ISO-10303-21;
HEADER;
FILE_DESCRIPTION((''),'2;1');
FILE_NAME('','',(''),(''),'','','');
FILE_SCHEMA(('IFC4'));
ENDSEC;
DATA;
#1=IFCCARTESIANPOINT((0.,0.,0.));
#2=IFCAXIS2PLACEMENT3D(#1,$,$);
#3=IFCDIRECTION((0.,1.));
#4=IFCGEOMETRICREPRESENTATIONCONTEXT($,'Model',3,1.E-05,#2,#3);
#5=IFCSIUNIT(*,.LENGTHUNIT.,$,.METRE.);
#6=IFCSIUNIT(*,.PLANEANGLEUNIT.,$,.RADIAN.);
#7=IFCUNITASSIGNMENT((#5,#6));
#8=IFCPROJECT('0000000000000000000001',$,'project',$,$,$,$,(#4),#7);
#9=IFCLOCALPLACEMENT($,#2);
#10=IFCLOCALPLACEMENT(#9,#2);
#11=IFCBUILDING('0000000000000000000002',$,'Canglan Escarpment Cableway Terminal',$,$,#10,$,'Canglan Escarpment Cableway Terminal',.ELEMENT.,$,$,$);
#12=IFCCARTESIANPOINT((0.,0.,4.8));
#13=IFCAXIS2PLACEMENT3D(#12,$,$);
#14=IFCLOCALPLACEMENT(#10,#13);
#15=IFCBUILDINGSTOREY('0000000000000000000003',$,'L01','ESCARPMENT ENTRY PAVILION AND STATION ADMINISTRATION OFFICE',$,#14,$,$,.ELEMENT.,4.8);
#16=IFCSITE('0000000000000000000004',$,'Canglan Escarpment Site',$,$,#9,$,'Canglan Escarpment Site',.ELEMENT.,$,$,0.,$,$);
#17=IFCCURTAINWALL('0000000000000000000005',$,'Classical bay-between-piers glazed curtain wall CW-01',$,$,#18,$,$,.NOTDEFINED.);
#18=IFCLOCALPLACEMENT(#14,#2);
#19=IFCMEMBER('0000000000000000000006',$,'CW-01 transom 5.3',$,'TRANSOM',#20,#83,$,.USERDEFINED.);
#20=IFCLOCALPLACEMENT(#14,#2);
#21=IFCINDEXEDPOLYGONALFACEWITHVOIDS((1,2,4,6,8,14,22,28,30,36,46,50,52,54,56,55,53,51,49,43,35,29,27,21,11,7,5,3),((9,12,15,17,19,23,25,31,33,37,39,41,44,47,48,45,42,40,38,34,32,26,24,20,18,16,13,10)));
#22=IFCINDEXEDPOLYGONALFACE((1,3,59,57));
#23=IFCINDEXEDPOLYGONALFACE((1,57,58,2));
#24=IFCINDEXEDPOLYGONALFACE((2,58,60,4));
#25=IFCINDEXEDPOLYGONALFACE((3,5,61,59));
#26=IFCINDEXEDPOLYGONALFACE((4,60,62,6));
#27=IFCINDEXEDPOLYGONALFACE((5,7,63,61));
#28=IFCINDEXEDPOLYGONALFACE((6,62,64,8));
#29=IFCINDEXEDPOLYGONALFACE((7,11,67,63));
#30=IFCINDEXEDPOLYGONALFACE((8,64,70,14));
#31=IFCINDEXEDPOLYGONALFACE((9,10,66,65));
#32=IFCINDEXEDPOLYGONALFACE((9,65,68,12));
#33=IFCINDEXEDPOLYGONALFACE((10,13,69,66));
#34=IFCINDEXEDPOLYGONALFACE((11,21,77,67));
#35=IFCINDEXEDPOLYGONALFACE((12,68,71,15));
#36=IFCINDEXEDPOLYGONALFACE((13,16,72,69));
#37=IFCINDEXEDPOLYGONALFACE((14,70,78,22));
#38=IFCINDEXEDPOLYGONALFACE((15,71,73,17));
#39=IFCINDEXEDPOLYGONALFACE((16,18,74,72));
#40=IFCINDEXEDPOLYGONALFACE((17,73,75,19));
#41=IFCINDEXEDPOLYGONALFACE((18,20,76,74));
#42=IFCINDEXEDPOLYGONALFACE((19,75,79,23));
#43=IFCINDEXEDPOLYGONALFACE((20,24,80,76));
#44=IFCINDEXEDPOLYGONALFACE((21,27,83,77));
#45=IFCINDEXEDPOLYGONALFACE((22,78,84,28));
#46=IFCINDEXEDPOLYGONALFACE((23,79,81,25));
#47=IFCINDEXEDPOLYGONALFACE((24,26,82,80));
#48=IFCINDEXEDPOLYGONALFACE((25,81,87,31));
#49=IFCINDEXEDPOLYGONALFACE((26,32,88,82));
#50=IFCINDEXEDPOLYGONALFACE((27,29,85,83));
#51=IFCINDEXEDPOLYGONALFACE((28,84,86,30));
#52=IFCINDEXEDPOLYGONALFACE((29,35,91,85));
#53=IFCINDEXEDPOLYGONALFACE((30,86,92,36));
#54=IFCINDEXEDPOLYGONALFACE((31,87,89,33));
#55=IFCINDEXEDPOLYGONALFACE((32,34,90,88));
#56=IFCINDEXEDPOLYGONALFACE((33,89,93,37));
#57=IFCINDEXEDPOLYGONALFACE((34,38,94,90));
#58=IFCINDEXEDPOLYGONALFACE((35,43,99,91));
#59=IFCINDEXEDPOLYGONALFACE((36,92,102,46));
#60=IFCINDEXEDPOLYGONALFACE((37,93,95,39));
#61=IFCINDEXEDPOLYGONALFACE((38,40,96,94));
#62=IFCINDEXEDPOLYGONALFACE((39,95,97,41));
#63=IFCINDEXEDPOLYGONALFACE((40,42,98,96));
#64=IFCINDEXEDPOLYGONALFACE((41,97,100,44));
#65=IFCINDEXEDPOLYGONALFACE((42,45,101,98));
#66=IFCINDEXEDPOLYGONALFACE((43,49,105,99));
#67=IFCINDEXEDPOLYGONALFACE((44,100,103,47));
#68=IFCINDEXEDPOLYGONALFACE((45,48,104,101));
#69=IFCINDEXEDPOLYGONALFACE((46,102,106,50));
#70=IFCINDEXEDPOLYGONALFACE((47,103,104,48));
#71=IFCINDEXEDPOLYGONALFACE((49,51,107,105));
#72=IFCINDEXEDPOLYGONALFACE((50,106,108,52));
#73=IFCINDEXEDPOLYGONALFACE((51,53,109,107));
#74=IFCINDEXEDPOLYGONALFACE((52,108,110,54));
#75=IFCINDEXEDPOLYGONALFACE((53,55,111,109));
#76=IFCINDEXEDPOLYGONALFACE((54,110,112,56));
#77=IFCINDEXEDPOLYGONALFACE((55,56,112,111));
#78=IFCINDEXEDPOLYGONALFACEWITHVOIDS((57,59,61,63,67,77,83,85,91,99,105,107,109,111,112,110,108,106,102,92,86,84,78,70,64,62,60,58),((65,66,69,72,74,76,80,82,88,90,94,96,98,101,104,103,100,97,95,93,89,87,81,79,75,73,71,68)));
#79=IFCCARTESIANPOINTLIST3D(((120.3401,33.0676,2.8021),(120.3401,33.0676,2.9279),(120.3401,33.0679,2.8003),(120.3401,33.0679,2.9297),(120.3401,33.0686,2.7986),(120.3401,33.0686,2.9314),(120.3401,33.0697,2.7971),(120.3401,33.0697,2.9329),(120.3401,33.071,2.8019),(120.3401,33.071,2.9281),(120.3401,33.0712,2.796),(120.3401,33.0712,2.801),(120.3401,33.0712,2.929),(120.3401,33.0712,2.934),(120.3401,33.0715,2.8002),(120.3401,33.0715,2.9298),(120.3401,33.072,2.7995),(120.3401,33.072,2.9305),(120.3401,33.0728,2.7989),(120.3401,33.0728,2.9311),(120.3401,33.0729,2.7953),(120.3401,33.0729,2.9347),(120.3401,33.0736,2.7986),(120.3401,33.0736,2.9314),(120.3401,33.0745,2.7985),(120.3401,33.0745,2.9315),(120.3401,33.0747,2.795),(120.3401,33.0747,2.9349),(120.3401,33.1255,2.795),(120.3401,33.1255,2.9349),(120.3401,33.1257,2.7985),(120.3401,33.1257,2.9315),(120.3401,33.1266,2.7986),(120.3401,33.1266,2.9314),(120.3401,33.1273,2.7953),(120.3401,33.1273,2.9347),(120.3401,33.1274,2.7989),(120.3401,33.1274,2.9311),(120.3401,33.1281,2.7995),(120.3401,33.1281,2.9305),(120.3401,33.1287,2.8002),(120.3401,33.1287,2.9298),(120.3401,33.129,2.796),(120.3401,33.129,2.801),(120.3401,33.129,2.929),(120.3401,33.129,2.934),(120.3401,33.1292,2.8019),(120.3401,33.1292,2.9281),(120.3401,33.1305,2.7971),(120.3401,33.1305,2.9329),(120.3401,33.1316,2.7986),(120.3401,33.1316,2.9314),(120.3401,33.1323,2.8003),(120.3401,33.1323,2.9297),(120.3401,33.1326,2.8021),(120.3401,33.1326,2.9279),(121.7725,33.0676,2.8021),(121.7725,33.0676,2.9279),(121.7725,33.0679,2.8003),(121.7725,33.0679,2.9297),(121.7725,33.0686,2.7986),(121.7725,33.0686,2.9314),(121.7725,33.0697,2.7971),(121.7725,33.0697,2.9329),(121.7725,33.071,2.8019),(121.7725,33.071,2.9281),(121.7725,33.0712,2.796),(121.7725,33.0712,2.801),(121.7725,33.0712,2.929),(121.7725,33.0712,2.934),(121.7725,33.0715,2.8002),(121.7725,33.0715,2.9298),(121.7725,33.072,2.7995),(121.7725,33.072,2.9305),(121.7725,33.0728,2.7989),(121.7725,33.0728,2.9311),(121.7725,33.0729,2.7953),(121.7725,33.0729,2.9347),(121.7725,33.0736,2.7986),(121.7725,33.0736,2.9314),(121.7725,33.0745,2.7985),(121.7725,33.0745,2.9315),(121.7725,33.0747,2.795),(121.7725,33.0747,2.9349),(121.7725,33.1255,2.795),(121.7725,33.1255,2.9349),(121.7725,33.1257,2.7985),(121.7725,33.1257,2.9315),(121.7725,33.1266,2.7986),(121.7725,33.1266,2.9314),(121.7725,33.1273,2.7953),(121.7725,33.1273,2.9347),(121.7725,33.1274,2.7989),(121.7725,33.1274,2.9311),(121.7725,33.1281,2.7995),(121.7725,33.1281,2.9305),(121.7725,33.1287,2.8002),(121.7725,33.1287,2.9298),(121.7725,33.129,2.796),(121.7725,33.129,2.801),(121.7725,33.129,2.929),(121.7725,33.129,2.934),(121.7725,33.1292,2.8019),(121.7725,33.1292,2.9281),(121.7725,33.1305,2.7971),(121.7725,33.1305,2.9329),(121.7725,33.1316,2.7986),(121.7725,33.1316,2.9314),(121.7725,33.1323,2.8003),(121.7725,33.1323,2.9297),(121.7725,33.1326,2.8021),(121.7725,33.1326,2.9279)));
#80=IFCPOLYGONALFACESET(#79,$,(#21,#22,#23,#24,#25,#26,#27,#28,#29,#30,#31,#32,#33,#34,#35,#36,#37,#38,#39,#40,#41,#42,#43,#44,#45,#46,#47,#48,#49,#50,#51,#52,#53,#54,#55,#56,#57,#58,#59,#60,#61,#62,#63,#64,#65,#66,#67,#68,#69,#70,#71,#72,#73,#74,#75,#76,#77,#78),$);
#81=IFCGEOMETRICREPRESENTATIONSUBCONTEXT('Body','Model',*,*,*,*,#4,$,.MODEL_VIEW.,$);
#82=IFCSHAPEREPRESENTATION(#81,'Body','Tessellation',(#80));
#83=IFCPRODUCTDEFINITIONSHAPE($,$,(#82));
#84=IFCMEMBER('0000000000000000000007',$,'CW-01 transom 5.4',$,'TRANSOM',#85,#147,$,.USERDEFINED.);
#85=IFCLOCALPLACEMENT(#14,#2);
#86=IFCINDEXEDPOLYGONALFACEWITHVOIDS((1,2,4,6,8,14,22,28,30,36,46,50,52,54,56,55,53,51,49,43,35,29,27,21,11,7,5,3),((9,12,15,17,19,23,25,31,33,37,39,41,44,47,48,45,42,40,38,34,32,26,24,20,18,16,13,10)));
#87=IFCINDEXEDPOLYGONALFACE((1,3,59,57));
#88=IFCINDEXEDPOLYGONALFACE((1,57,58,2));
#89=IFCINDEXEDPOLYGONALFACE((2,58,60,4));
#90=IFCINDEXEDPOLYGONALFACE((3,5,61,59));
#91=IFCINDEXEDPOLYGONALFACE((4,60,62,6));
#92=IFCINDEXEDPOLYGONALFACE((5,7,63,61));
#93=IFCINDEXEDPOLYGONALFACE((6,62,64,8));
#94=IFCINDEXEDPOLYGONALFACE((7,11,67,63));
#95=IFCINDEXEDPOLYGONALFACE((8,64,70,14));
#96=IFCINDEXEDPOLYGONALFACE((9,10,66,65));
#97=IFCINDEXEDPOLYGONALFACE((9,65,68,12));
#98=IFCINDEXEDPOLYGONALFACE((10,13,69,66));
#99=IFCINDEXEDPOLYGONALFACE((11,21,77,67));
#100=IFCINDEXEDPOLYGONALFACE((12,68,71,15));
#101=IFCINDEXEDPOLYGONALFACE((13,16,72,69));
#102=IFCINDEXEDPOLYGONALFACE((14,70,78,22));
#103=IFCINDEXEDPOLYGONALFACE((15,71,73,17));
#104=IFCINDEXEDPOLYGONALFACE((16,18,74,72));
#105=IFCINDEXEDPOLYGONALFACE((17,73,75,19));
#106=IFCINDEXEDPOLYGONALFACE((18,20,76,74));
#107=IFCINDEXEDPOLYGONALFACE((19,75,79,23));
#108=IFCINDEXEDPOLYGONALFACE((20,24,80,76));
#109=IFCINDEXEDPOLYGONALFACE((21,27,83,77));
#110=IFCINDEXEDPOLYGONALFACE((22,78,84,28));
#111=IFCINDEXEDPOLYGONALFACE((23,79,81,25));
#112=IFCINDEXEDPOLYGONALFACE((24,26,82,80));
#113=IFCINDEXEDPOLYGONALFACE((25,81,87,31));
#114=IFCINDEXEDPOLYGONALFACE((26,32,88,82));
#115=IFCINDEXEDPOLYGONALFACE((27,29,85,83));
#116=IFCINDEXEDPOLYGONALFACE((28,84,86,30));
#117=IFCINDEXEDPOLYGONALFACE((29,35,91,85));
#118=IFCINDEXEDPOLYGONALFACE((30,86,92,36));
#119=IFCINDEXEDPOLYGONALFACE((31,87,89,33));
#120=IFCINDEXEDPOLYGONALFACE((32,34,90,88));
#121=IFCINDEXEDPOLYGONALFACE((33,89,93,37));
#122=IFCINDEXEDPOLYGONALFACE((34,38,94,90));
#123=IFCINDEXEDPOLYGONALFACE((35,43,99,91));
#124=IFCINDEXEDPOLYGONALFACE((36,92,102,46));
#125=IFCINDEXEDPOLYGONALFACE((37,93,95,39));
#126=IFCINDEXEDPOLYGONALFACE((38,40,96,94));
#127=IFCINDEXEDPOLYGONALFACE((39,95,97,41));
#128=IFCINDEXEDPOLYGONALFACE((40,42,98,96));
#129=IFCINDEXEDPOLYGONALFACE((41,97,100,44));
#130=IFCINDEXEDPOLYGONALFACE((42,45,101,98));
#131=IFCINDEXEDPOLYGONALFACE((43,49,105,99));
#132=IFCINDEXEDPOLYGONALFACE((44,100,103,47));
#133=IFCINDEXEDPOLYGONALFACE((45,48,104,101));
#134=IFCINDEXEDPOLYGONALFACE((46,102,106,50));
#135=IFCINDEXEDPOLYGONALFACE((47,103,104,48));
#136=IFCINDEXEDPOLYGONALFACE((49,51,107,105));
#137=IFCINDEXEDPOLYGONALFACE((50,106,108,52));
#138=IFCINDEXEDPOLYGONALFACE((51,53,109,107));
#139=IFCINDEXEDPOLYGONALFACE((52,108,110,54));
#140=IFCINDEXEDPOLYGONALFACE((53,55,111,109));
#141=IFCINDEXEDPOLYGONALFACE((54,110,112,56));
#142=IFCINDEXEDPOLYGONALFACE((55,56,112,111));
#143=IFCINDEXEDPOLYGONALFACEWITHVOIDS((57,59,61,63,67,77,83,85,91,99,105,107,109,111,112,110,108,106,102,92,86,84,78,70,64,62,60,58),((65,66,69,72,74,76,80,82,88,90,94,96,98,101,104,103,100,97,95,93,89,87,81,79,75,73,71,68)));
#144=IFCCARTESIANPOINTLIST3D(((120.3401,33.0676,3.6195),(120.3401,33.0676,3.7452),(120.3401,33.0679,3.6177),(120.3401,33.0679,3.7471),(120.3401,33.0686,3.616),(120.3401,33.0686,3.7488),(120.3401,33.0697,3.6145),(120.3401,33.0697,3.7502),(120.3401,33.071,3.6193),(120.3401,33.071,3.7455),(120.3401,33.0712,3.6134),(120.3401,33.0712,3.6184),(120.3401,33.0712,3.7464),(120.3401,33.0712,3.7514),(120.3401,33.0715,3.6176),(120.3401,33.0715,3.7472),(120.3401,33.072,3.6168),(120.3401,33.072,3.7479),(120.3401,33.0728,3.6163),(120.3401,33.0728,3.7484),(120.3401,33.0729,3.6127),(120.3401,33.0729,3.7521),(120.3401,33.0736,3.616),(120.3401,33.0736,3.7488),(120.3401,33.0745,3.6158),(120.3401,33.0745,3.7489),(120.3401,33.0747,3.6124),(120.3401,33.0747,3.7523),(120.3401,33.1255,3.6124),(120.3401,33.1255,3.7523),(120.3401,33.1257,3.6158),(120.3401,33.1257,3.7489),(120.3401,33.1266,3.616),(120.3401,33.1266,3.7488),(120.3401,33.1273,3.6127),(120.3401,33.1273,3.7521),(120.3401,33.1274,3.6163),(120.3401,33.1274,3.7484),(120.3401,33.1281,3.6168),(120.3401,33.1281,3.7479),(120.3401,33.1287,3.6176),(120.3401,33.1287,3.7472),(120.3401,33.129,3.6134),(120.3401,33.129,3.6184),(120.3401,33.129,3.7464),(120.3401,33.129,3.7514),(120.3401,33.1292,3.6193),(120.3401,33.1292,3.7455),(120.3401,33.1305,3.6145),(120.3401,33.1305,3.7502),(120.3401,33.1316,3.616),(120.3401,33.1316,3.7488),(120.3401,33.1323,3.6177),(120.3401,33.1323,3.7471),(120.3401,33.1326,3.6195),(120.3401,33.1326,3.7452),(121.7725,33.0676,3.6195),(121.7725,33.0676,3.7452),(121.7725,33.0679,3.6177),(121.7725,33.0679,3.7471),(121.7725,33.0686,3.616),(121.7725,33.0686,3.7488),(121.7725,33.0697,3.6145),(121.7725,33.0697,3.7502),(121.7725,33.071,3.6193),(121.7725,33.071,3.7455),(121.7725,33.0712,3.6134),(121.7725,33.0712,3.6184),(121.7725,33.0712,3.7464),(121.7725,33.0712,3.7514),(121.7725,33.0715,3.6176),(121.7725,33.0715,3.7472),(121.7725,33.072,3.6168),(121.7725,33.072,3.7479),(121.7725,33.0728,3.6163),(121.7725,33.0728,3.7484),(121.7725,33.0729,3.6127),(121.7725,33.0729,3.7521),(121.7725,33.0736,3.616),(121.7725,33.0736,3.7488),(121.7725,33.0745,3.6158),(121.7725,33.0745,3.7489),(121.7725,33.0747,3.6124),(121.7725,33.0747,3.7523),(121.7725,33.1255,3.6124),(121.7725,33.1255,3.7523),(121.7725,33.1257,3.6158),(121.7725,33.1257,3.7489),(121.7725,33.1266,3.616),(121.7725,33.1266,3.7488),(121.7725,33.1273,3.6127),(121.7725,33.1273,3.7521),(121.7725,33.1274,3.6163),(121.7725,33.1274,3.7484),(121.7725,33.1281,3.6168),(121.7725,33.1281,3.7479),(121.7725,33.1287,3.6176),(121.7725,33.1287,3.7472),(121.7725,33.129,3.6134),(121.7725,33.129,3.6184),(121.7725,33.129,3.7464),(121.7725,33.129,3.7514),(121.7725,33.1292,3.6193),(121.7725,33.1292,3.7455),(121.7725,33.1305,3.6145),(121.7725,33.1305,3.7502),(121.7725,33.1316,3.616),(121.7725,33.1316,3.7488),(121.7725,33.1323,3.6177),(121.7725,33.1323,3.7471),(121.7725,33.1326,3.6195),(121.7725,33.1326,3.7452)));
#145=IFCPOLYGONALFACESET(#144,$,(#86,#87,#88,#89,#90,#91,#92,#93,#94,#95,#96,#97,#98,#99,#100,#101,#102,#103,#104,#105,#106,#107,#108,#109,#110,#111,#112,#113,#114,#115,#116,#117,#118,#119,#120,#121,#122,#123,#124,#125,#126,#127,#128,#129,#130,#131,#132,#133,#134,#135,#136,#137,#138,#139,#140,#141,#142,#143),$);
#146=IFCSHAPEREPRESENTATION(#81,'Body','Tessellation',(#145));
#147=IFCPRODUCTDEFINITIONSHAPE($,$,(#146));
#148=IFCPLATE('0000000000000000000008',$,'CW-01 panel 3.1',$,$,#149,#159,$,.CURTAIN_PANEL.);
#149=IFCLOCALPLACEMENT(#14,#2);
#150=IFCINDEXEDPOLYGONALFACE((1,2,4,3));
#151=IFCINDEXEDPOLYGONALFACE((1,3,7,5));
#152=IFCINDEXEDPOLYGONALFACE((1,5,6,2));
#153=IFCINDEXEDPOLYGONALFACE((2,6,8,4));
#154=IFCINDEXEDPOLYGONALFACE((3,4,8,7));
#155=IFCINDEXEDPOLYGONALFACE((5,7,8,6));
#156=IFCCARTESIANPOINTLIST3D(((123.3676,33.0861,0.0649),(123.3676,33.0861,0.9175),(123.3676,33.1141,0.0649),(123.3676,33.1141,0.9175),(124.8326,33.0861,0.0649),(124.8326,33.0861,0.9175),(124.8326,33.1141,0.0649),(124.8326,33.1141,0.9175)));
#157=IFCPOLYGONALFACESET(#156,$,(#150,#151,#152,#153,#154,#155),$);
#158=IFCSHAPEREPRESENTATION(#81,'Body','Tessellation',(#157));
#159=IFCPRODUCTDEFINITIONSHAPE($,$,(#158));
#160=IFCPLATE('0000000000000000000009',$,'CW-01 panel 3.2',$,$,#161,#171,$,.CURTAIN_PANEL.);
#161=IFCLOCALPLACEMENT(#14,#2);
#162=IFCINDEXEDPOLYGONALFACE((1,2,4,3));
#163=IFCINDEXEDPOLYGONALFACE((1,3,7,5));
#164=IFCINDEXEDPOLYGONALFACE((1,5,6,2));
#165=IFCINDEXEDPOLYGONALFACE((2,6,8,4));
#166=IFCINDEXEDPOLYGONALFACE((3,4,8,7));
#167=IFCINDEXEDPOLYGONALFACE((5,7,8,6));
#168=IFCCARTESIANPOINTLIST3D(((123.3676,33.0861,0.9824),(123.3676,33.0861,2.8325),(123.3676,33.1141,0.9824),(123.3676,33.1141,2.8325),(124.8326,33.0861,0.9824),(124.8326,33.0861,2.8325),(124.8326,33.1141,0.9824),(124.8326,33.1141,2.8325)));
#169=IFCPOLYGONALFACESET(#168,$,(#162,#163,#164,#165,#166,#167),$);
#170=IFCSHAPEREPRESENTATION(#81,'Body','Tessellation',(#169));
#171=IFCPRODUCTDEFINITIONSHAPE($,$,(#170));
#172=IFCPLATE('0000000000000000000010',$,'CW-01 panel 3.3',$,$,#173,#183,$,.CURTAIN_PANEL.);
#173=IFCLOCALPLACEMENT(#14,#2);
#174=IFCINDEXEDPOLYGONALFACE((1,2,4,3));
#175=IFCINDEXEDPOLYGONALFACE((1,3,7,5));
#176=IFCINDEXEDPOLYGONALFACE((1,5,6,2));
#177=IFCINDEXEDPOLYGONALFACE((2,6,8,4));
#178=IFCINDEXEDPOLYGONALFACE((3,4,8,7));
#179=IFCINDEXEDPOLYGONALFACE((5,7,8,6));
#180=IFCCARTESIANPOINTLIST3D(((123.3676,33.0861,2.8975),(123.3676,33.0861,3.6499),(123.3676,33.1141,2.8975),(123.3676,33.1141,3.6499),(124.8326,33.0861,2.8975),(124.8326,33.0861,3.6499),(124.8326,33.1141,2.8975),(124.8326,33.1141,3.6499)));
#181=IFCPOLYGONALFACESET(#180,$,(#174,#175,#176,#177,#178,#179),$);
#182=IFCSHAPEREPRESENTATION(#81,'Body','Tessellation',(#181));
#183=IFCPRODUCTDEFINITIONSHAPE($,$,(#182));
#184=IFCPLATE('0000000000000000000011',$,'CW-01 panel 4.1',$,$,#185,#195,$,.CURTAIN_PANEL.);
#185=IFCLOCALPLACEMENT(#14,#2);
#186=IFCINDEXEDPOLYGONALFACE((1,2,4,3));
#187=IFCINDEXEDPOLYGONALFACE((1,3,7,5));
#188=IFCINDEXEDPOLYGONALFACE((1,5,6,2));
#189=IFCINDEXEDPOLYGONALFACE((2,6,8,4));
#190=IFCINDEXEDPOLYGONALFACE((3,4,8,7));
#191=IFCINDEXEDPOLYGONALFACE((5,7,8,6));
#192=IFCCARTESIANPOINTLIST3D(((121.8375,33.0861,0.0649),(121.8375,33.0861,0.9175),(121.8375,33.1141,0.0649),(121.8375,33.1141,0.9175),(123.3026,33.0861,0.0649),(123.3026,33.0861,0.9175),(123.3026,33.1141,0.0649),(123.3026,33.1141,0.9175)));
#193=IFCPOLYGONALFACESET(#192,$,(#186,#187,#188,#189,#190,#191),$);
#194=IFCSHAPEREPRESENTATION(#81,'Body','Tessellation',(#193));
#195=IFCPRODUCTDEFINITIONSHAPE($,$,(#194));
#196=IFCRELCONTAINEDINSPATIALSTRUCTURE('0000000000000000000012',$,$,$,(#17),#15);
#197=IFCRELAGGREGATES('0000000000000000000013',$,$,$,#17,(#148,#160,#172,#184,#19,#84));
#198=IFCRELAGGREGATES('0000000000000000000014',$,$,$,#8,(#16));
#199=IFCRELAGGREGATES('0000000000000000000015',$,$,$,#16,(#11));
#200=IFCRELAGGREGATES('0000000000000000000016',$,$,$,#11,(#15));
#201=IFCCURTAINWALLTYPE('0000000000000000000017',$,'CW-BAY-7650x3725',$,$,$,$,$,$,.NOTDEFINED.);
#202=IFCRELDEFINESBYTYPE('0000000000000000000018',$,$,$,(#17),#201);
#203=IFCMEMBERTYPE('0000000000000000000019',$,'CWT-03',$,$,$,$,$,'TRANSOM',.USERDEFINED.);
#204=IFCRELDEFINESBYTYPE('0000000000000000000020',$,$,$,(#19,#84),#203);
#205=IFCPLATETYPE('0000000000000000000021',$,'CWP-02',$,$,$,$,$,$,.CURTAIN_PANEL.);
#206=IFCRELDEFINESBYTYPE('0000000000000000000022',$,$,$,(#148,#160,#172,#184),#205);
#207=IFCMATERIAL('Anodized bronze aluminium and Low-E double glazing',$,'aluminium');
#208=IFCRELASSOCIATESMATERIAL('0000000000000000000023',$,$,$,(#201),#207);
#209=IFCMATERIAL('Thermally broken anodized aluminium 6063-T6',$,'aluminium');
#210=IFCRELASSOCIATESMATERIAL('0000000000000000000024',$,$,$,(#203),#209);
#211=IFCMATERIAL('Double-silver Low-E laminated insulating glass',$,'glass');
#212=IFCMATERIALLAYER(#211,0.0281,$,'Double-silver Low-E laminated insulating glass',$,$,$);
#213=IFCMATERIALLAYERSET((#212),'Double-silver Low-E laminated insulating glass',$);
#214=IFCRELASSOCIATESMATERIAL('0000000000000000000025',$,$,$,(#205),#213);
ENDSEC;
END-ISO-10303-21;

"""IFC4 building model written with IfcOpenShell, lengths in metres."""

from ifc_helpers import new_model, si_unit, direction, frame, origin, origin_2d, place, context, subcontext, project, spatial, rectangle, hollow_rectangle, extrude, material, layer, layer_set, material_profile, profile_set, type_object, element, aggregate, save


model = new_model("IFC4")

# Units and contexts
model_context = context("Model", 3, precision=1e-05, world=origin(), true_north=direction((0.0, 1.0)))
body_context = subcontext(model_context, "Body", "Model", "MODEL_VIEW")
ifc_project = project(units=[si_unit("LENGTHUNIT", "METRE"), si_unit("PLANEANGLEUNIT", "RADIAN")], contexts=[model_context])

# Site, building, storey
site_placement = place(None, origin())
site = spatial("IfcSite", under=ifc_project, at=site_placement, Name="Canglan Escarpment Site", LongName="Canglan Escarpment Site", CompositionType="ELEMENT", RefElevation=0.0)
building_placement = place(site_placement, origin())
building = spatial("IfcBuilding", under=site, at=building_placement, Name="Canglan Escarpment Cableway Terminal", LongName="Canglan Escarpment Cableway Terminal", CompositionType="ELEMENT")
storey_placement = place(building_placement, frame((0.0, 0.0, 4.8)))
storey = spatial("IfcBuildingStorey", under=building, at=storey_placement, Name="L01", Description="ESCARPMENT ENTRY PAVILION AND STATION ADMINISTRATION OFFICE", CompositionType="ELEMENT", Elevation=4.8)

# Curtain wall, members, plates
ifc_material_1 = material(Name="Anodized bronze aluminium and Low-E double glazing", Category="aluminium")
curtain_wall_type = type_object("IfcCurtainWallType", Name="CW-BAY-7650x3725", PredefinedType="NOTDEFINED", material=ifc_material_1)
curtain_wall_placement = place(storey_placement, origin())
curtain_wall = element("IfcCurtainWall", 1, at=curtain_wall_placement, inside=storey, type_object=curtain_wall_type, Name="Classical bay-between-piers glazed curtain wall CW-01", PredefinedType="NOTDEFINED")
ifc_material_2 = material(Name="Thermally broken anodized aluminium 6063-T6", Category="aluminium")
ifc_material_profile_1 = material_profile(ifc_material_2, hollow_rectangle(XDim=0.0649, YDim=0.1399, WallThickness=0.0034, InnerFilletRadius=0.0034, OuterFilletRadius=0.0071, at=origin_2d()), Name="ALU-TRAN 65x140x3.5")
ifc_profile_set_1 = profile_set([ifc_material_profile_1], Name="Thermally broken anodized aluminium 6063-T6")
member_type_1 = type_object("IfcMemberType", Name="CWT-03", ElementType="TRANSOM", PredefinedType="USERDEFINED", material=ifc_profile_set_1)
member_1_placement = place(storey_placement, frame((121.7725, 33.1001, 2.865), z_axis=(-1.0, 0.0, 0.0), x_axis=(0.0, -1.0, 0.0)))
member_1 = element("IfcMember", 2, at=member_1_placement, type_object=member_type_1, Name="CW-01 transom 5.3", ObjectType="TRANSOM", PredefinedType="USERDEFINED", context=body_context, shape_type="SweptSolid", body=[
    extrude(hollow_rectangle(XDim=0.0649, YDim=0.1399, WallThickness=0.0034, InnerFilletRadius=0.0034, OuterFilletRadius=0.0071, at=origin_2d()), origin(), (0.0, 0.0, 1.0), 1.4324),
])
member_2_placement = place(storey_placement, frame((121.7725, 33.1001, 3.6824), z_axis=(-1.0, 0.0, 0.0), x_axis=(0.0, -1.0, 0.0)))
member_2 = element("IfcMember", 3, at=member_2_placement, type_object=member_type_1, Name="CW-01 transom 5.4", ObjectType="TRANSOM", PredefinedType="USERDEFINED", context=body_context, shape_type="SweptSolid", body=[
    extrude(hollow_rectangle(XDim=0.0649, YDim=0.1399, WallThickness=0.0034, InnerFilletRadius=0.0034, OuterFilletRadius=0.0071, at=origin_2d()), origin(), (0.0, 0.0, 1.0), 1.4324),
])
ifc_material_3 = material(Name="Double-silver Low-E laminated insulating glass", Category="glass")
ifc_layer_1 = layer(ifc_material_3, 0.0281, Name="Double-silver Low-E laminated insulating glass")
ifc_layer_set_1 = layer_set([ifc_layer_1], Name="Double-silver Low-E laminated insulating glass")
plate_type = type_object("IfcPlateType", Name="CWP-02", PredefinedType="CURTAIN_PANEL", material=ifc_layer_set_1)
plate_1_placement = place(storey_placement, frame((124.1001, 33.1001, 0.0649), z_axis=(0.0, 0.0, 1.0), x_axis=(-1.0, 0.0, 0.0)))
plate_1 = element("IfcPlate", 4, at=plate_1_placement, type_object=plate_type, Name="CW-01 panel 3.1", PredefinedType="CURTAIN_PANEL", context=body_context, shape_type="SweptSolid", body=[
    extrude(rectangle(XDim=1.4651, YDim=0.0281, at=origin_2d()), origin(), (0.0, 0.0, 1.0), 0.8525),
])
plate_2_placement = place(storey_placement, frame((124.1001, 33.1001, 0.9824), z_axis=(0.0, 0.0, 1.0), x_axis=(-1.0, 0.0, 0.0)))
plate_2 = element("IfcPlate", 5, at=plate_2_placement, type_object=plate_type, Name="CW-01 panel 3.2", PredefinedType="CURTAIN_PANEL", context=body_context, shape_type="SweptSolid", body=[
    extrude(rectangle(XDim=1.4651, YDim=0.0281, at=origin_2d()), origin(), (0.0, 0.0, 1.0), 1.8501),
])
plate_3_placement = place(storey_placement, frame((124.1001, 33.1001, 2.8975), z_axis=(0.0, 0.0, 1.0), x_axis=(-1.0, 0.0, 0.0)))
plate_3 = element("IfcPlate", 6, at=plate_3_placement, type_object=plate_type, Name="CW-01 panel 3.3", PredefinedType="CURTAIN_PANEL", context=body_context, shape_type="SweptSolid", body=[
    extrude(rectangle(XDim=1.4651, YDim=0.0281, at=origin_2d()), origin(), (0.0, 0.0, 1.0), 0.7524),
])
plate_4_placement = place(storey_placement, frame((122.5701, 33.1001, 0.0649), z_axis=(0.0, 0.0, 1.0), x_axis=(-1.0, 0.0, 0.0)))
plate_4 = element("IfcPlate", 7, at=plate_4_placement, type_object=plate_type, Name="CW-01 panel 4.1", PredefinedType="CURTAIN_PANEL", context=body_context, shape_type="SweptSolid", body=[
    extrude(rectangle(XDim=1.4651, YDim=0.0281, at=origin_2d()), origin(), (0.0, 0.0, 1.0), 0.8525),
])
aggregate(curtain_wall, [plate_1, plate_2, plate_3, plate_4, member_1, member_2])

save(model, "model.ifc")
